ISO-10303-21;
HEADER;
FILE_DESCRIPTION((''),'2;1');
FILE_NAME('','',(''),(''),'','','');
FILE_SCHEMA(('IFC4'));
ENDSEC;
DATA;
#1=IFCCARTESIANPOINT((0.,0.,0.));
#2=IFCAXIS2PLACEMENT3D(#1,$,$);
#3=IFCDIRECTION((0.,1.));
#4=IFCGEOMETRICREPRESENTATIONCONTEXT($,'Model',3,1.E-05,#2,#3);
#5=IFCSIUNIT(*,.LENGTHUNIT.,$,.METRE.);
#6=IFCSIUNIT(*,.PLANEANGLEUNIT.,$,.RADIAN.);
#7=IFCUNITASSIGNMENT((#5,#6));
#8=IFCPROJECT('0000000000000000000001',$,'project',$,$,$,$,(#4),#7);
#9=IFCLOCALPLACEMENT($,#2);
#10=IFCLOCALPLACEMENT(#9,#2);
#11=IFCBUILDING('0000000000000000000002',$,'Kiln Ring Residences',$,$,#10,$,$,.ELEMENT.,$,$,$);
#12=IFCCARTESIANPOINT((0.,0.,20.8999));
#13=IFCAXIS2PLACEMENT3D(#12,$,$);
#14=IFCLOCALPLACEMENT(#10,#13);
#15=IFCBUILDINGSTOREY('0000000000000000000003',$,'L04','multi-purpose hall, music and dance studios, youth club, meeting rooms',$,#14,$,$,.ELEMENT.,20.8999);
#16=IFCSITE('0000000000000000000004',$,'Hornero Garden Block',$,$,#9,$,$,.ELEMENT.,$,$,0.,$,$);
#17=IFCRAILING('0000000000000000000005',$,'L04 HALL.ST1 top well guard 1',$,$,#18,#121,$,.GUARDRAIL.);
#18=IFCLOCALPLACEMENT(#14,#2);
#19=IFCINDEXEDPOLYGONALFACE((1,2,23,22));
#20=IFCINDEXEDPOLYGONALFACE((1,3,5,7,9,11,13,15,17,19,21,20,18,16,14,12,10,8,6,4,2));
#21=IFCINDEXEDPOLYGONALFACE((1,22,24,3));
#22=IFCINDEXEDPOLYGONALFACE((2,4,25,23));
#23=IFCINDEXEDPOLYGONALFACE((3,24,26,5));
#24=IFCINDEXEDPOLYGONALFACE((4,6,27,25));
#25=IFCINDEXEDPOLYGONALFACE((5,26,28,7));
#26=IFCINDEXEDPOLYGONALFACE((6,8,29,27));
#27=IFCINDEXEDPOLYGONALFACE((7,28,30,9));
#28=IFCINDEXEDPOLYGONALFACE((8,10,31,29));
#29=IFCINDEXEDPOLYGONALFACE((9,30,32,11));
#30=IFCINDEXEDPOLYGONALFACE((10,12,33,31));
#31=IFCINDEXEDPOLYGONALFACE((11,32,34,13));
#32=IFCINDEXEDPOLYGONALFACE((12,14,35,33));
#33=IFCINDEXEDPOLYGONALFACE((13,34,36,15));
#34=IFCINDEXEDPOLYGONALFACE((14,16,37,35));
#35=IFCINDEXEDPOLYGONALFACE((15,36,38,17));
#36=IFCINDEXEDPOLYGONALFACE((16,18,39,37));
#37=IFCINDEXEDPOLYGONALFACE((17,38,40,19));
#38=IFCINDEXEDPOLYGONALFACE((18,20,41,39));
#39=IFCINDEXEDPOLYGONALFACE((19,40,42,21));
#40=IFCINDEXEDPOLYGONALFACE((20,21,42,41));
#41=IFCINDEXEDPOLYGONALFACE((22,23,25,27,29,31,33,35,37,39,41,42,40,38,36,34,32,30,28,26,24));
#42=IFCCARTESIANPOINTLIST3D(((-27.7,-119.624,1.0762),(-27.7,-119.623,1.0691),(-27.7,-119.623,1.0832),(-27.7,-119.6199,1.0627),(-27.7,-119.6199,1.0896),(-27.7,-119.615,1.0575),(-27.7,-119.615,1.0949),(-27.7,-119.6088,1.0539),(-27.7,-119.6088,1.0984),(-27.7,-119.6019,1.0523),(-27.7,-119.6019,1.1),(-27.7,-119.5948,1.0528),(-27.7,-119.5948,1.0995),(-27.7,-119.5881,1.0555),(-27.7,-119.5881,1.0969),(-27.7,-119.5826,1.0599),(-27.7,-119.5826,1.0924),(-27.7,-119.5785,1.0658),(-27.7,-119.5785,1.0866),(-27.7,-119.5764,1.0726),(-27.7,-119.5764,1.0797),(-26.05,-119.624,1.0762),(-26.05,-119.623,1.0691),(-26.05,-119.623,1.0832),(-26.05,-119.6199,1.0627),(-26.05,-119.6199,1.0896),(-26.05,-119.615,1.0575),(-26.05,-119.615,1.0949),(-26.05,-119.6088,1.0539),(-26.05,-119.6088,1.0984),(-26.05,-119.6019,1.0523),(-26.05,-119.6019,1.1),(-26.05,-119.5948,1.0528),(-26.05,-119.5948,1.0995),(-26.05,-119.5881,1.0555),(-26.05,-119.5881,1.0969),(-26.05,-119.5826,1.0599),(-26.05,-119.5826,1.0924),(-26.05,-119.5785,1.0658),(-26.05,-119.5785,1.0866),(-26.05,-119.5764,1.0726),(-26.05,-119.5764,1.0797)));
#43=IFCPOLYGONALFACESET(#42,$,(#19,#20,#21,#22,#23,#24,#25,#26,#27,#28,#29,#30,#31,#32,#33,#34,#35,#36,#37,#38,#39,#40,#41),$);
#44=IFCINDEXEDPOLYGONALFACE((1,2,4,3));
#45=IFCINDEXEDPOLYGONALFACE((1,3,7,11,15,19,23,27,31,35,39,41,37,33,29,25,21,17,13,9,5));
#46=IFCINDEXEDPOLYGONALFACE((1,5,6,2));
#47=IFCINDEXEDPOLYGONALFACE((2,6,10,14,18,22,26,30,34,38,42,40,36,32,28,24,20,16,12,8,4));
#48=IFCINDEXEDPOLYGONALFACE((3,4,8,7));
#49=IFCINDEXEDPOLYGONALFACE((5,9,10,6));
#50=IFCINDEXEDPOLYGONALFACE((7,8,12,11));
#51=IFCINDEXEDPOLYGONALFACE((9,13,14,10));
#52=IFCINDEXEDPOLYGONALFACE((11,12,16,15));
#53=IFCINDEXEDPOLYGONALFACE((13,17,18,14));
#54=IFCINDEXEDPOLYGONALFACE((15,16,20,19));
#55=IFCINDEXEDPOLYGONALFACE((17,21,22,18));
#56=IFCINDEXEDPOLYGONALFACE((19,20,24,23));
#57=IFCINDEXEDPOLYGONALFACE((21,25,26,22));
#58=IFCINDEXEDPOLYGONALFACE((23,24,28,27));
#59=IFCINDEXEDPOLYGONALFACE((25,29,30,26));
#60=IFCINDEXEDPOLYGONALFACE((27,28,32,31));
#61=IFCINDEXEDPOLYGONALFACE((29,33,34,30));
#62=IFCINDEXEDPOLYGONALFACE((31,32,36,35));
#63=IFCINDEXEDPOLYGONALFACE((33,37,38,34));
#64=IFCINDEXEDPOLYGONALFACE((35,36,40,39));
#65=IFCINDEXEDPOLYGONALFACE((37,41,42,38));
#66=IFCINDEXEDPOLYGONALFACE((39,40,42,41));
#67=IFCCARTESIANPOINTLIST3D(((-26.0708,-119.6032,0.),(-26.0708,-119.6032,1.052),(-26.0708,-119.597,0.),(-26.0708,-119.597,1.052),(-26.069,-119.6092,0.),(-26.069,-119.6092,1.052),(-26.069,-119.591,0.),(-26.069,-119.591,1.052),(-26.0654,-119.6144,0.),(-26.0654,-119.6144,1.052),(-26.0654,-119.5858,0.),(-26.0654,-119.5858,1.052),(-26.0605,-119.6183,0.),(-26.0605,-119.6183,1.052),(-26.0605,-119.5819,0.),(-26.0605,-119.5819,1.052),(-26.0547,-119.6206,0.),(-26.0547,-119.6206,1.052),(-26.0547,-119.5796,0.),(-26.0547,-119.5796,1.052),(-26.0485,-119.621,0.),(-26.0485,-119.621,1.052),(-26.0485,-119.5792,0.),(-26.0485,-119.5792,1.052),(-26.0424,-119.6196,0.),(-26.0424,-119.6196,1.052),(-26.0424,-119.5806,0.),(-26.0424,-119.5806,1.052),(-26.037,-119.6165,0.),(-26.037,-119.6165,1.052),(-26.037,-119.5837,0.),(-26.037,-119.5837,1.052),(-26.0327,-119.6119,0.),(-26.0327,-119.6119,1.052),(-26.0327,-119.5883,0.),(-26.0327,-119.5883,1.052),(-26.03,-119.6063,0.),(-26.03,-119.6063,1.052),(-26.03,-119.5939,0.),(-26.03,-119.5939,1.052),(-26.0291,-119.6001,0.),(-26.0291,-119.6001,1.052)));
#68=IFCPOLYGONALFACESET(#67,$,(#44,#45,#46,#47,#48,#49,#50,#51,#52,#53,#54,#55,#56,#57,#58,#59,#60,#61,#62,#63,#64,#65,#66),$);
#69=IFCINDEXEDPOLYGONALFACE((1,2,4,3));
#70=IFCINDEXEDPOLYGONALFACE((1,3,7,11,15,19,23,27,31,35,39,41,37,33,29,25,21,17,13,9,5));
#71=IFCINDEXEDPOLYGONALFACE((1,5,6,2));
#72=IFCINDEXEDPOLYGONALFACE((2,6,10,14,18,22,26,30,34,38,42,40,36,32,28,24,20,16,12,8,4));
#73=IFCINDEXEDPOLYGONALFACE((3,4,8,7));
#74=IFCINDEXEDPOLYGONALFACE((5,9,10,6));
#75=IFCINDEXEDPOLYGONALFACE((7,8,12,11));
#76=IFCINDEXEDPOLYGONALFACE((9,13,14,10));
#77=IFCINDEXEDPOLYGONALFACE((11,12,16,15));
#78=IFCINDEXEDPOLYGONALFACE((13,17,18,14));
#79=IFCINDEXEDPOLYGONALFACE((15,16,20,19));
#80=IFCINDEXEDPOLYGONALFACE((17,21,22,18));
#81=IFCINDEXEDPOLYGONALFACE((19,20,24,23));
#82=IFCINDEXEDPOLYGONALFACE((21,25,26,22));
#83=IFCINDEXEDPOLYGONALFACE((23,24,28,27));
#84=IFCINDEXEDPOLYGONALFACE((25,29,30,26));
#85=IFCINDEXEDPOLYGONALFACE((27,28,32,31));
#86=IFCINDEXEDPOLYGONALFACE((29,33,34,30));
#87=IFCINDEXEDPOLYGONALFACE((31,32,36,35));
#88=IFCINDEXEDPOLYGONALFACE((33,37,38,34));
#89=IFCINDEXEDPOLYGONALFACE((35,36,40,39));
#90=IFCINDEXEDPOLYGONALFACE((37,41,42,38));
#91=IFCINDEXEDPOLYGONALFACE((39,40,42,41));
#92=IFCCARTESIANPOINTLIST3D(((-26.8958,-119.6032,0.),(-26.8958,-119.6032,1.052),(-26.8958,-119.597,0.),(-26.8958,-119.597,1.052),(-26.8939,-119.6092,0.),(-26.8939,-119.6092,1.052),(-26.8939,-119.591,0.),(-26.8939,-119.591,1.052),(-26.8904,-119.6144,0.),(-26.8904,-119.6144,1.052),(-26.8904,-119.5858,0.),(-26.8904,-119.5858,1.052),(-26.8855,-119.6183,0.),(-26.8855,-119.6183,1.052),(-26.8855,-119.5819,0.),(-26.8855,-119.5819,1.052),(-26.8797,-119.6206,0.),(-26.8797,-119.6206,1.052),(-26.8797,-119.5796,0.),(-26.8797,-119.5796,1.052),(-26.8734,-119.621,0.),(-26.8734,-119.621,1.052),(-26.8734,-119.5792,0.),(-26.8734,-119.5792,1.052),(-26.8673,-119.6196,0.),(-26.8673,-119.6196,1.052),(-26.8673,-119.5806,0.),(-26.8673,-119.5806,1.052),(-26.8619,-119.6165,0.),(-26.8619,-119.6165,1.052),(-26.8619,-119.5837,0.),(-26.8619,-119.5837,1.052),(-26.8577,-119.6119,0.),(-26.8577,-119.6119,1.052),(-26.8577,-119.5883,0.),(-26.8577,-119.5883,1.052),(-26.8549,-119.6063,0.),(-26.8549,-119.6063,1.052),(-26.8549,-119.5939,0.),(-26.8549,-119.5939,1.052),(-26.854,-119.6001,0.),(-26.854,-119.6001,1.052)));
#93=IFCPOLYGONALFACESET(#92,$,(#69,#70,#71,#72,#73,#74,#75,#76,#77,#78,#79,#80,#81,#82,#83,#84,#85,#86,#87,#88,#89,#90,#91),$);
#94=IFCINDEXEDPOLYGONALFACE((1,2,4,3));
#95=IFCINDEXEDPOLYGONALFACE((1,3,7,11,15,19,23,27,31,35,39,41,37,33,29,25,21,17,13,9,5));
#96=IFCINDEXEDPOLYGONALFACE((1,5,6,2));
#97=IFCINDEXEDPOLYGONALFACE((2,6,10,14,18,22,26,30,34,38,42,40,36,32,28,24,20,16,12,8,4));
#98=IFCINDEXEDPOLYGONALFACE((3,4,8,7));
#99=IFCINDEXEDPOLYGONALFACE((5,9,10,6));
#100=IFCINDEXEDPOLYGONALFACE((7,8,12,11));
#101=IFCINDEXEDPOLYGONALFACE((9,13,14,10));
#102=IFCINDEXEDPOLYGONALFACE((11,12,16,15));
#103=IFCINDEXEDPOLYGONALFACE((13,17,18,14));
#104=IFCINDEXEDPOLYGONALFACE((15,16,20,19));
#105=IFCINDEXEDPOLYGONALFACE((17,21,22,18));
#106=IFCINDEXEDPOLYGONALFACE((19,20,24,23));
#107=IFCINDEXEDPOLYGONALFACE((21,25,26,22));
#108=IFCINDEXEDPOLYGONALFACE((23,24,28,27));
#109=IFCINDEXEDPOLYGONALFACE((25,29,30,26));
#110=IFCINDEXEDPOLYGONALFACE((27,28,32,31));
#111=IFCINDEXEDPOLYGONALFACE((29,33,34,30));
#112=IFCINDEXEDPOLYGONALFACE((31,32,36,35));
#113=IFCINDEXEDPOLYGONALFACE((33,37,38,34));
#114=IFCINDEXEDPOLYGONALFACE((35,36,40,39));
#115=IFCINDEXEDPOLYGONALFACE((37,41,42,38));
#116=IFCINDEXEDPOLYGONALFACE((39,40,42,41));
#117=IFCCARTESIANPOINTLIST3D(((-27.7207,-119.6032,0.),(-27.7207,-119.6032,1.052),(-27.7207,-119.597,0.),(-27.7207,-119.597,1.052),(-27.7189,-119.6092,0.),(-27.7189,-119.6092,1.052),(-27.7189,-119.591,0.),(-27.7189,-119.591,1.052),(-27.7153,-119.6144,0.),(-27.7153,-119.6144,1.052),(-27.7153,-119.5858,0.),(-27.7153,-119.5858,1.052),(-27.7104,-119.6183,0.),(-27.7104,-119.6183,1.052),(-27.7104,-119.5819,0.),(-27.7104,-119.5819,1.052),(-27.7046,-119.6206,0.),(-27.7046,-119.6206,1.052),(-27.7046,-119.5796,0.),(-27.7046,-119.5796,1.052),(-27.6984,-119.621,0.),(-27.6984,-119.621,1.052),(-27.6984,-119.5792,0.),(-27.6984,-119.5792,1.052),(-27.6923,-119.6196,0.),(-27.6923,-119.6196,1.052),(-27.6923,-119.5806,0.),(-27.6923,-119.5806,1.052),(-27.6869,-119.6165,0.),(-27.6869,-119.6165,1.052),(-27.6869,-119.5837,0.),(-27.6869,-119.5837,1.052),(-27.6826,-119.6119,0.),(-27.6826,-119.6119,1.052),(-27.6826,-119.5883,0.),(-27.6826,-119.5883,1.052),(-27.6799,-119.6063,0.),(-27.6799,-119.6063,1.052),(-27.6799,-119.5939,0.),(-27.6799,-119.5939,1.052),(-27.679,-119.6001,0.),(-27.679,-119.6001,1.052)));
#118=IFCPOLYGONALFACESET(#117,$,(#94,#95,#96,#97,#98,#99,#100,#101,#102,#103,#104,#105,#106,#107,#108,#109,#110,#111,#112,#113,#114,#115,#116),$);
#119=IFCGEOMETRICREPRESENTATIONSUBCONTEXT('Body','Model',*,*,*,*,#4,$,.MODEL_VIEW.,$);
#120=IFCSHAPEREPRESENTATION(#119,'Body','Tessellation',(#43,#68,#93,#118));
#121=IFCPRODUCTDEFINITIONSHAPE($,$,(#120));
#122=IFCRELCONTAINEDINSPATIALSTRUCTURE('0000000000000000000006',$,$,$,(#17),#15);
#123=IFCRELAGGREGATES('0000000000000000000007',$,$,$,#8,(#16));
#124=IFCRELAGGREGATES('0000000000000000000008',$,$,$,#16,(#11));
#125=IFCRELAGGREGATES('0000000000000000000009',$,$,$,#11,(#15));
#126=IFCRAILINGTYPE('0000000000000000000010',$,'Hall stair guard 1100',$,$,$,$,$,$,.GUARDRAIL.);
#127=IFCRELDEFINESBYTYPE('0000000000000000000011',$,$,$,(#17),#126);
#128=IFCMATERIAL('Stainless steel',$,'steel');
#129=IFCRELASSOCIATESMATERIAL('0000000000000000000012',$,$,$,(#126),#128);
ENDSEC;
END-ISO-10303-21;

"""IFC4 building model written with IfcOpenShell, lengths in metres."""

from ifc_helpers import new_model, si_unit, direction, frame, origin, origin_2d, place, context, subcontext, project, spatial, circle, extrude, material, type_object, element, save


model = new_model("IFC4")

# Units and contexts
model_context = context("Model", 3, precision=1e-05, world=origin(), true_north=direction((0.0, 1.0)))
body_context = subcontext(model_context, "Body", "Model", "MODEL_VIEW")
ifc_project = project(units=[si_unit("LENGTHUNIT", "METRE"), si_unit("PLANEANGLEUNIT", "RADIAN")], contexts=[model_context])

# Site, building, storey
site_placement = place(None, origin())
site = spatial("IfcSite", under=ifc_project, at=site_placement, Name="Hornero Garden Block", CompositionType="ELEMENT", RefElevation=0.0)
building_placement = place(site_placement, origin())
building = spatial("IfcBuilding", under=site, at=building_placement, Name="Kiln Ring Residences", CompositionType="ELEMENT")
storey_placement = place(building_placement, frame((0.0, 0.0, 20.8999)))
storey = spatial("IfcBuildingStorey", under=building, at=storey_placement, Name="L04", Description="multi-purpose hall, music and dance studios, youth club, meeting rooms", CompositionType="ELEMENT", Elevation=20.8999)

# Railing
ifc_material_1 = material(Name="Stainless steel", Category="steel")
railing_type = type_object("IfcRailingType", Name="Hall stair guard 1100", PredefinedType="GUARDRAIL", material=ifc_material_1)
railing_placement = place(storey_placement, frame((-26.05, -119.6001, 0.0)))
element("IfcRailing", 1, at=railing_placement, inside=storey, type_object=railing_type, Name="L04 HALL.ST1 top well guard 1", PredefinedType="GUARDRAIL", context=body_context, shape_type="SweptSolid", body=[
    extrude(circle(Radius=0.0239, at=origin_2d()), frame((0.0, 0.0, 1.0762), z_axis=(-1.0, 0.0, 0.0), x_axis=(0.0, -1.0, 0.0)), (0.0, 0.0, 1.0), 1.6499),
    extrude(circle(Radius=0.021, at=origin_2d()), origin(), (0.0, 0.0, 1.0), 1.052),
    extrude(circle(Radius=0.021, at=origin_2d()), frame((-0.825, 0.0, 0.0)), (0.0, 0.0, 1.0), 1.052),
    extrude(circle(Radius=0.021, at=origin_2d()), frame((-1.6499, 0.0, 0.0)), (0.0, 0.0, 1.0), 1.052),
])

save(model, "model.ifc")
